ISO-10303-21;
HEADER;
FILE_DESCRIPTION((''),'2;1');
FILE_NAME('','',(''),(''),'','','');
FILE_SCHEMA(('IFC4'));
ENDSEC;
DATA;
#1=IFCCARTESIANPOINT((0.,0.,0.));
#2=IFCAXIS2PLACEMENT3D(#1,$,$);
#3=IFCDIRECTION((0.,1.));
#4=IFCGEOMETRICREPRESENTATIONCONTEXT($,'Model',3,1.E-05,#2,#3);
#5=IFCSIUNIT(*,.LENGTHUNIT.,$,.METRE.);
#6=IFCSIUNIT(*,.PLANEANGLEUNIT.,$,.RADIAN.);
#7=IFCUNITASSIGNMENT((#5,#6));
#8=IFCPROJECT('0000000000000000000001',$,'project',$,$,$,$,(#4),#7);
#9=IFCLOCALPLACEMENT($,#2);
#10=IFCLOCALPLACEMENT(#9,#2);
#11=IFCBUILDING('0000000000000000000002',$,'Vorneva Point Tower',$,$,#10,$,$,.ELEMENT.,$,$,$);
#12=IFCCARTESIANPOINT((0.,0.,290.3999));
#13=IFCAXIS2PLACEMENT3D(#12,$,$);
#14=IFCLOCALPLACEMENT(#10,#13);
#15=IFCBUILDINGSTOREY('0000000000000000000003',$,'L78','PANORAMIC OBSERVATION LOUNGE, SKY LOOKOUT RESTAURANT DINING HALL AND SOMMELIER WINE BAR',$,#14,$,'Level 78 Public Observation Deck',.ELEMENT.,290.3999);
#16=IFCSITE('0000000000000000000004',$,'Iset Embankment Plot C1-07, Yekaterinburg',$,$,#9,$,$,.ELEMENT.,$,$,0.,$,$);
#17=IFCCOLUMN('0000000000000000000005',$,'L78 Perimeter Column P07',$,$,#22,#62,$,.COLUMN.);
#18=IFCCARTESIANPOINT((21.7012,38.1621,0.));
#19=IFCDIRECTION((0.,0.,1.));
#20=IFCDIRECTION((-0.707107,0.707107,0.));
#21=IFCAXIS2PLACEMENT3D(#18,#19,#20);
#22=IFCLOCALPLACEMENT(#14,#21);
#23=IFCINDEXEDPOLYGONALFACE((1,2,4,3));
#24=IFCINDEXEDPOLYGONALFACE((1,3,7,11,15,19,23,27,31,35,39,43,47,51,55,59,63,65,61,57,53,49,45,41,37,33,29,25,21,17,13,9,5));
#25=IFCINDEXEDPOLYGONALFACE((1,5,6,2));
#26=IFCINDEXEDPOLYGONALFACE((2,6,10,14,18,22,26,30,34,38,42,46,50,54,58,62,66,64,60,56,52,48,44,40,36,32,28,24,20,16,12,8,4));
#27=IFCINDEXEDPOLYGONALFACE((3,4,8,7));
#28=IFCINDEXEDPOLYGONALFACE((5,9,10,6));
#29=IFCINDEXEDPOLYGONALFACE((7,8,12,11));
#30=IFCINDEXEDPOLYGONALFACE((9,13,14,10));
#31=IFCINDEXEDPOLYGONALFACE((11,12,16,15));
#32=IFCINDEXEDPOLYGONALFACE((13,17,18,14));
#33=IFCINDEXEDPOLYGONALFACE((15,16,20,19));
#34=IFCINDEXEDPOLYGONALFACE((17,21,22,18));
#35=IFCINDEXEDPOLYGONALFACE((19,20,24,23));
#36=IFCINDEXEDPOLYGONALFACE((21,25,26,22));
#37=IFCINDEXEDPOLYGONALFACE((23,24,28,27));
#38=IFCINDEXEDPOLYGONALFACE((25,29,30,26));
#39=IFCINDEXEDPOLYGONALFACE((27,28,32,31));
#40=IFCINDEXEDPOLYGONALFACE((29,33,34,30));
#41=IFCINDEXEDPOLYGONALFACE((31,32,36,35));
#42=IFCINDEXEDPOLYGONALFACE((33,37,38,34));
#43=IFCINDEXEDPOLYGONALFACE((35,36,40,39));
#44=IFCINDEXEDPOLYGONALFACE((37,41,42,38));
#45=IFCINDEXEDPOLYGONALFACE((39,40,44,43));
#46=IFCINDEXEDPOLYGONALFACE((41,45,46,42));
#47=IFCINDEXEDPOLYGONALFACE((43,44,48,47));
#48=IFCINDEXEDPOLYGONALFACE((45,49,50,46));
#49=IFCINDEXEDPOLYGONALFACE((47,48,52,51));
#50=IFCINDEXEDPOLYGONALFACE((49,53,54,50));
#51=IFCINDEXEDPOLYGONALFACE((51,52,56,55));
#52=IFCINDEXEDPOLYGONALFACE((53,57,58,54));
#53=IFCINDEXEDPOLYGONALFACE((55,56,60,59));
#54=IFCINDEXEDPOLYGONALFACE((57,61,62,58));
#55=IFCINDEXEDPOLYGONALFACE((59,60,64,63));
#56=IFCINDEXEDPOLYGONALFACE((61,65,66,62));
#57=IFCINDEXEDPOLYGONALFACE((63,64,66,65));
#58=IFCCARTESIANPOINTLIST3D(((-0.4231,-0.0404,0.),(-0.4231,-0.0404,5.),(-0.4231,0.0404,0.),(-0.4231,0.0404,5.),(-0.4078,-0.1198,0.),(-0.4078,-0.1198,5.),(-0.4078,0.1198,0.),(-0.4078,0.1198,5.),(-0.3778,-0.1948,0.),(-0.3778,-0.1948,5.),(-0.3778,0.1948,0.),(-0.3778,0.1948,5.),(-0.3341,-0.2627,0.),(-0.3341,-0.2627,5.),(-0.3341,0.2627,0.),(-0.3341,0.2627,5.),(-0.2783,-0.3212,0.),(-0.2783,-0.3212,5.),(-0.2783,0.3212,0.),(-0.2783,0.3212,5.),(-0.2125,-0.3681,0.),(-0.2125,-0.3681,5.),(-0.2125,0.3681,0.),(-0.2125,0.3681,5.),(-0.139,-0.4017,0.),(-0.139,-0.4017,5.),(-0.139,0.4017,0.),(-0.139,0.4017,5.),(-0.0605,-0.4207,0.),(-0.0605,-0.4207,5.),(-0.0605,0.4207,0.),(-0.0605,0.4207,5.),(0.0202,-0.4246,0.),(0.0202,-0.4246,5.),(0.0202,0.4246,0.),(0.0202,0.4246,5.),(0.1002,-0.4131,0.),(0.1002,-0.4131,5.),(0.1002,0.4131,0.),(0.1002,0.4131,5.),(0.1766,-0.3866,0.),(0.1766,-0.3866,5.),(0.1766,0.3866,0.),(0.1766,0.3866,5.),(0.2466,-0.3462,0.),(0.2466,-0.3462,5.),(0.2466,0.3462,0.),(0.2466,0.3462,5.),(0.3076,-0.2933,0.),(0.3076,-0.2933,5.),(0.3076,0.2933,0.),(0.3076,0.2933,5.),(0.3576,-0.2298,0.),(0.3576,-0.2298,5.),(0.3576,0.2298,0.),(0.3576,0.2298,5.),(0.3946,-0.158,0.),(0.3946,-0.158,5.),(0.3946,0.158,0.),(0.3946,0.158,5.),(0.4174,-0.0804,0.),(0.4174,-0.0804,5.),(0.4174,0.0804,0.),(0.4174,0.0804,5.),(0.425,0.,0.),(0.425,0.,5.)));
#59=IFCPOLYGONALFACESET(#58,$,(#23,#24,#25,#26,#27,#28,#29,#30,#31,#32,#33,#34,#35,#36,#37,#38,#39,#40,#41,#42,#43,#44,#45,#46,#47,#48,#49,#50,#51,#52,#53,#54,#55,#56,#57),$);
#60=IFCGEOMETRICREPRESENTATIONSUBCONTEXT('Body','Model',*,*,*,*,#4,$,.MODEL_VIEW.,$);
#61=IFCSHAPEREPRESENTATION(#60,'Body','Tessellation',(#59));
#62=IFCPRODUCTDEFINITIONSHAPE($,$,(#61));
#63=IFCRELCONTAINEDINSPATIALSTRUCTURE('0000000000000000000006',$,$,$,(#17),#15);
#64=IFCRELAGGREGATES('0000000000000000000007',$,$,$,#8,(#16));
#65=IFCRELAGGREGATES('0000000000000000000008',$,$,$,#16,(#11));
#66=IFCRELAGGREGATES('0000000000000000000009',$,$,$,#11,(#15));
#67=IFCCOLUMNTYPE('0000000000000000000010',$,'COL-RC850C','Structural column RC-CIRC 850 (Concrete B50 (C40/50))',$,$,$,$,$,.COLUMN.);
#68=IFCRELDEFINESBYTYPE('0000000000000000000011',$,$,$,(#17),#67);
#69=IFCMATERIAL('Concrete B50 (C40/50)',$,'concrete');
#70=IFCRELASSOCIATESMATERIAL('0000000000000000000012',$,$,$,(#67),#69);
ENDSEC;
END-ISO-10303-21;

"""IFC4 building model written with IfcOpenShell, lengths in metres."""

from ifc_helpers import new_model, si_unit, direction, frame, origin, origin_2d, place, context, subcontext, project, spatial, circle, extrude, material, material_profile, profile_set, type_object, element, save


model = new_model("IFC4")

# Units and contexts
model_context = context("Model", 3, precision=1e-05, world=origin(), true_north=direction((0.0, 1.0)))
body_context = subcontext(model_context, "Body", "Model", "MODEL_VIEW")
ifc_project = project(units=[si_unit("LENGTHUNIT", "METRE"), si_unit("PLANEANGLEUNIT", "RADIAN")], contexts=[model_context])

# Site, building, storey
site_placement = place(None, origin())
site = spatial("IfcSite", under=ifc_project, at=site_placement, Name="Iset Embankment Plot C1-07, Yekaterinburg", CompositionType="ELEMENT", RefElevation=0.0)
building_placement = place(site_placement, origin())
building = spatial("IfcBuilding", under=site, at=building_placement, Name="Vorneva Point Tower", CompositionType="ELEMENT")
storey_placement = place(building_placement, frame((0.0, 0.0, 290.3999)))
storey = spatial("IfcBuildingStorey", under=building, at=storey_placement, Name="L78", Description="PANORAMIC OBSERVATION LOUNGE, SKY LOOKOUT RESTAURANT DINING HALL AND SOMMELIER WINE BAR", LongName="Level 78 Public Observation Deck", CompositionType="ELEMENT", Elevation=290.3999)

# Column
ifc_material_1 = material(Name="Concrete B50 (C40/50)", Category="concrete")
ifc_material_profile_1 = material_profile(ifc_material_1, circle(Radius=0.425, at=origin_2d()), Name="RC-CIRC 850")
ifc_profile_set_1 = profile_set([ifc_material_profile_1], Name="Concrete B50 (C40/50)")
column_type = type_object("IfcColumnType", Name="COL-RC850C", Description="Structural column RC-CIRC 850 (Concrete B50 (C40/50))", PredefinedType="COLUMN", material=ifc_profile_set_1)
column_placement = place(storey_placement, frame((21.7012, 38.1621, 0.0), z_axis=(0.0, 0.0, 1.0), x_axis=(-0.707107, 0.707107, 0.0)))
element("IfcColumn", 1, at=column_placement, inside=storey, type_object=column_type, Name="L78 Perimeter Column P07", PredefinedType="COLUMN", context=body_context, shape_type="SweptSolid", body=[
    extrude(circle(Radius=0.425, at=origin_2d()), origin(), (0.0, 0.0, 1.0), 5.0),
])

save(model, "model.ifc")
